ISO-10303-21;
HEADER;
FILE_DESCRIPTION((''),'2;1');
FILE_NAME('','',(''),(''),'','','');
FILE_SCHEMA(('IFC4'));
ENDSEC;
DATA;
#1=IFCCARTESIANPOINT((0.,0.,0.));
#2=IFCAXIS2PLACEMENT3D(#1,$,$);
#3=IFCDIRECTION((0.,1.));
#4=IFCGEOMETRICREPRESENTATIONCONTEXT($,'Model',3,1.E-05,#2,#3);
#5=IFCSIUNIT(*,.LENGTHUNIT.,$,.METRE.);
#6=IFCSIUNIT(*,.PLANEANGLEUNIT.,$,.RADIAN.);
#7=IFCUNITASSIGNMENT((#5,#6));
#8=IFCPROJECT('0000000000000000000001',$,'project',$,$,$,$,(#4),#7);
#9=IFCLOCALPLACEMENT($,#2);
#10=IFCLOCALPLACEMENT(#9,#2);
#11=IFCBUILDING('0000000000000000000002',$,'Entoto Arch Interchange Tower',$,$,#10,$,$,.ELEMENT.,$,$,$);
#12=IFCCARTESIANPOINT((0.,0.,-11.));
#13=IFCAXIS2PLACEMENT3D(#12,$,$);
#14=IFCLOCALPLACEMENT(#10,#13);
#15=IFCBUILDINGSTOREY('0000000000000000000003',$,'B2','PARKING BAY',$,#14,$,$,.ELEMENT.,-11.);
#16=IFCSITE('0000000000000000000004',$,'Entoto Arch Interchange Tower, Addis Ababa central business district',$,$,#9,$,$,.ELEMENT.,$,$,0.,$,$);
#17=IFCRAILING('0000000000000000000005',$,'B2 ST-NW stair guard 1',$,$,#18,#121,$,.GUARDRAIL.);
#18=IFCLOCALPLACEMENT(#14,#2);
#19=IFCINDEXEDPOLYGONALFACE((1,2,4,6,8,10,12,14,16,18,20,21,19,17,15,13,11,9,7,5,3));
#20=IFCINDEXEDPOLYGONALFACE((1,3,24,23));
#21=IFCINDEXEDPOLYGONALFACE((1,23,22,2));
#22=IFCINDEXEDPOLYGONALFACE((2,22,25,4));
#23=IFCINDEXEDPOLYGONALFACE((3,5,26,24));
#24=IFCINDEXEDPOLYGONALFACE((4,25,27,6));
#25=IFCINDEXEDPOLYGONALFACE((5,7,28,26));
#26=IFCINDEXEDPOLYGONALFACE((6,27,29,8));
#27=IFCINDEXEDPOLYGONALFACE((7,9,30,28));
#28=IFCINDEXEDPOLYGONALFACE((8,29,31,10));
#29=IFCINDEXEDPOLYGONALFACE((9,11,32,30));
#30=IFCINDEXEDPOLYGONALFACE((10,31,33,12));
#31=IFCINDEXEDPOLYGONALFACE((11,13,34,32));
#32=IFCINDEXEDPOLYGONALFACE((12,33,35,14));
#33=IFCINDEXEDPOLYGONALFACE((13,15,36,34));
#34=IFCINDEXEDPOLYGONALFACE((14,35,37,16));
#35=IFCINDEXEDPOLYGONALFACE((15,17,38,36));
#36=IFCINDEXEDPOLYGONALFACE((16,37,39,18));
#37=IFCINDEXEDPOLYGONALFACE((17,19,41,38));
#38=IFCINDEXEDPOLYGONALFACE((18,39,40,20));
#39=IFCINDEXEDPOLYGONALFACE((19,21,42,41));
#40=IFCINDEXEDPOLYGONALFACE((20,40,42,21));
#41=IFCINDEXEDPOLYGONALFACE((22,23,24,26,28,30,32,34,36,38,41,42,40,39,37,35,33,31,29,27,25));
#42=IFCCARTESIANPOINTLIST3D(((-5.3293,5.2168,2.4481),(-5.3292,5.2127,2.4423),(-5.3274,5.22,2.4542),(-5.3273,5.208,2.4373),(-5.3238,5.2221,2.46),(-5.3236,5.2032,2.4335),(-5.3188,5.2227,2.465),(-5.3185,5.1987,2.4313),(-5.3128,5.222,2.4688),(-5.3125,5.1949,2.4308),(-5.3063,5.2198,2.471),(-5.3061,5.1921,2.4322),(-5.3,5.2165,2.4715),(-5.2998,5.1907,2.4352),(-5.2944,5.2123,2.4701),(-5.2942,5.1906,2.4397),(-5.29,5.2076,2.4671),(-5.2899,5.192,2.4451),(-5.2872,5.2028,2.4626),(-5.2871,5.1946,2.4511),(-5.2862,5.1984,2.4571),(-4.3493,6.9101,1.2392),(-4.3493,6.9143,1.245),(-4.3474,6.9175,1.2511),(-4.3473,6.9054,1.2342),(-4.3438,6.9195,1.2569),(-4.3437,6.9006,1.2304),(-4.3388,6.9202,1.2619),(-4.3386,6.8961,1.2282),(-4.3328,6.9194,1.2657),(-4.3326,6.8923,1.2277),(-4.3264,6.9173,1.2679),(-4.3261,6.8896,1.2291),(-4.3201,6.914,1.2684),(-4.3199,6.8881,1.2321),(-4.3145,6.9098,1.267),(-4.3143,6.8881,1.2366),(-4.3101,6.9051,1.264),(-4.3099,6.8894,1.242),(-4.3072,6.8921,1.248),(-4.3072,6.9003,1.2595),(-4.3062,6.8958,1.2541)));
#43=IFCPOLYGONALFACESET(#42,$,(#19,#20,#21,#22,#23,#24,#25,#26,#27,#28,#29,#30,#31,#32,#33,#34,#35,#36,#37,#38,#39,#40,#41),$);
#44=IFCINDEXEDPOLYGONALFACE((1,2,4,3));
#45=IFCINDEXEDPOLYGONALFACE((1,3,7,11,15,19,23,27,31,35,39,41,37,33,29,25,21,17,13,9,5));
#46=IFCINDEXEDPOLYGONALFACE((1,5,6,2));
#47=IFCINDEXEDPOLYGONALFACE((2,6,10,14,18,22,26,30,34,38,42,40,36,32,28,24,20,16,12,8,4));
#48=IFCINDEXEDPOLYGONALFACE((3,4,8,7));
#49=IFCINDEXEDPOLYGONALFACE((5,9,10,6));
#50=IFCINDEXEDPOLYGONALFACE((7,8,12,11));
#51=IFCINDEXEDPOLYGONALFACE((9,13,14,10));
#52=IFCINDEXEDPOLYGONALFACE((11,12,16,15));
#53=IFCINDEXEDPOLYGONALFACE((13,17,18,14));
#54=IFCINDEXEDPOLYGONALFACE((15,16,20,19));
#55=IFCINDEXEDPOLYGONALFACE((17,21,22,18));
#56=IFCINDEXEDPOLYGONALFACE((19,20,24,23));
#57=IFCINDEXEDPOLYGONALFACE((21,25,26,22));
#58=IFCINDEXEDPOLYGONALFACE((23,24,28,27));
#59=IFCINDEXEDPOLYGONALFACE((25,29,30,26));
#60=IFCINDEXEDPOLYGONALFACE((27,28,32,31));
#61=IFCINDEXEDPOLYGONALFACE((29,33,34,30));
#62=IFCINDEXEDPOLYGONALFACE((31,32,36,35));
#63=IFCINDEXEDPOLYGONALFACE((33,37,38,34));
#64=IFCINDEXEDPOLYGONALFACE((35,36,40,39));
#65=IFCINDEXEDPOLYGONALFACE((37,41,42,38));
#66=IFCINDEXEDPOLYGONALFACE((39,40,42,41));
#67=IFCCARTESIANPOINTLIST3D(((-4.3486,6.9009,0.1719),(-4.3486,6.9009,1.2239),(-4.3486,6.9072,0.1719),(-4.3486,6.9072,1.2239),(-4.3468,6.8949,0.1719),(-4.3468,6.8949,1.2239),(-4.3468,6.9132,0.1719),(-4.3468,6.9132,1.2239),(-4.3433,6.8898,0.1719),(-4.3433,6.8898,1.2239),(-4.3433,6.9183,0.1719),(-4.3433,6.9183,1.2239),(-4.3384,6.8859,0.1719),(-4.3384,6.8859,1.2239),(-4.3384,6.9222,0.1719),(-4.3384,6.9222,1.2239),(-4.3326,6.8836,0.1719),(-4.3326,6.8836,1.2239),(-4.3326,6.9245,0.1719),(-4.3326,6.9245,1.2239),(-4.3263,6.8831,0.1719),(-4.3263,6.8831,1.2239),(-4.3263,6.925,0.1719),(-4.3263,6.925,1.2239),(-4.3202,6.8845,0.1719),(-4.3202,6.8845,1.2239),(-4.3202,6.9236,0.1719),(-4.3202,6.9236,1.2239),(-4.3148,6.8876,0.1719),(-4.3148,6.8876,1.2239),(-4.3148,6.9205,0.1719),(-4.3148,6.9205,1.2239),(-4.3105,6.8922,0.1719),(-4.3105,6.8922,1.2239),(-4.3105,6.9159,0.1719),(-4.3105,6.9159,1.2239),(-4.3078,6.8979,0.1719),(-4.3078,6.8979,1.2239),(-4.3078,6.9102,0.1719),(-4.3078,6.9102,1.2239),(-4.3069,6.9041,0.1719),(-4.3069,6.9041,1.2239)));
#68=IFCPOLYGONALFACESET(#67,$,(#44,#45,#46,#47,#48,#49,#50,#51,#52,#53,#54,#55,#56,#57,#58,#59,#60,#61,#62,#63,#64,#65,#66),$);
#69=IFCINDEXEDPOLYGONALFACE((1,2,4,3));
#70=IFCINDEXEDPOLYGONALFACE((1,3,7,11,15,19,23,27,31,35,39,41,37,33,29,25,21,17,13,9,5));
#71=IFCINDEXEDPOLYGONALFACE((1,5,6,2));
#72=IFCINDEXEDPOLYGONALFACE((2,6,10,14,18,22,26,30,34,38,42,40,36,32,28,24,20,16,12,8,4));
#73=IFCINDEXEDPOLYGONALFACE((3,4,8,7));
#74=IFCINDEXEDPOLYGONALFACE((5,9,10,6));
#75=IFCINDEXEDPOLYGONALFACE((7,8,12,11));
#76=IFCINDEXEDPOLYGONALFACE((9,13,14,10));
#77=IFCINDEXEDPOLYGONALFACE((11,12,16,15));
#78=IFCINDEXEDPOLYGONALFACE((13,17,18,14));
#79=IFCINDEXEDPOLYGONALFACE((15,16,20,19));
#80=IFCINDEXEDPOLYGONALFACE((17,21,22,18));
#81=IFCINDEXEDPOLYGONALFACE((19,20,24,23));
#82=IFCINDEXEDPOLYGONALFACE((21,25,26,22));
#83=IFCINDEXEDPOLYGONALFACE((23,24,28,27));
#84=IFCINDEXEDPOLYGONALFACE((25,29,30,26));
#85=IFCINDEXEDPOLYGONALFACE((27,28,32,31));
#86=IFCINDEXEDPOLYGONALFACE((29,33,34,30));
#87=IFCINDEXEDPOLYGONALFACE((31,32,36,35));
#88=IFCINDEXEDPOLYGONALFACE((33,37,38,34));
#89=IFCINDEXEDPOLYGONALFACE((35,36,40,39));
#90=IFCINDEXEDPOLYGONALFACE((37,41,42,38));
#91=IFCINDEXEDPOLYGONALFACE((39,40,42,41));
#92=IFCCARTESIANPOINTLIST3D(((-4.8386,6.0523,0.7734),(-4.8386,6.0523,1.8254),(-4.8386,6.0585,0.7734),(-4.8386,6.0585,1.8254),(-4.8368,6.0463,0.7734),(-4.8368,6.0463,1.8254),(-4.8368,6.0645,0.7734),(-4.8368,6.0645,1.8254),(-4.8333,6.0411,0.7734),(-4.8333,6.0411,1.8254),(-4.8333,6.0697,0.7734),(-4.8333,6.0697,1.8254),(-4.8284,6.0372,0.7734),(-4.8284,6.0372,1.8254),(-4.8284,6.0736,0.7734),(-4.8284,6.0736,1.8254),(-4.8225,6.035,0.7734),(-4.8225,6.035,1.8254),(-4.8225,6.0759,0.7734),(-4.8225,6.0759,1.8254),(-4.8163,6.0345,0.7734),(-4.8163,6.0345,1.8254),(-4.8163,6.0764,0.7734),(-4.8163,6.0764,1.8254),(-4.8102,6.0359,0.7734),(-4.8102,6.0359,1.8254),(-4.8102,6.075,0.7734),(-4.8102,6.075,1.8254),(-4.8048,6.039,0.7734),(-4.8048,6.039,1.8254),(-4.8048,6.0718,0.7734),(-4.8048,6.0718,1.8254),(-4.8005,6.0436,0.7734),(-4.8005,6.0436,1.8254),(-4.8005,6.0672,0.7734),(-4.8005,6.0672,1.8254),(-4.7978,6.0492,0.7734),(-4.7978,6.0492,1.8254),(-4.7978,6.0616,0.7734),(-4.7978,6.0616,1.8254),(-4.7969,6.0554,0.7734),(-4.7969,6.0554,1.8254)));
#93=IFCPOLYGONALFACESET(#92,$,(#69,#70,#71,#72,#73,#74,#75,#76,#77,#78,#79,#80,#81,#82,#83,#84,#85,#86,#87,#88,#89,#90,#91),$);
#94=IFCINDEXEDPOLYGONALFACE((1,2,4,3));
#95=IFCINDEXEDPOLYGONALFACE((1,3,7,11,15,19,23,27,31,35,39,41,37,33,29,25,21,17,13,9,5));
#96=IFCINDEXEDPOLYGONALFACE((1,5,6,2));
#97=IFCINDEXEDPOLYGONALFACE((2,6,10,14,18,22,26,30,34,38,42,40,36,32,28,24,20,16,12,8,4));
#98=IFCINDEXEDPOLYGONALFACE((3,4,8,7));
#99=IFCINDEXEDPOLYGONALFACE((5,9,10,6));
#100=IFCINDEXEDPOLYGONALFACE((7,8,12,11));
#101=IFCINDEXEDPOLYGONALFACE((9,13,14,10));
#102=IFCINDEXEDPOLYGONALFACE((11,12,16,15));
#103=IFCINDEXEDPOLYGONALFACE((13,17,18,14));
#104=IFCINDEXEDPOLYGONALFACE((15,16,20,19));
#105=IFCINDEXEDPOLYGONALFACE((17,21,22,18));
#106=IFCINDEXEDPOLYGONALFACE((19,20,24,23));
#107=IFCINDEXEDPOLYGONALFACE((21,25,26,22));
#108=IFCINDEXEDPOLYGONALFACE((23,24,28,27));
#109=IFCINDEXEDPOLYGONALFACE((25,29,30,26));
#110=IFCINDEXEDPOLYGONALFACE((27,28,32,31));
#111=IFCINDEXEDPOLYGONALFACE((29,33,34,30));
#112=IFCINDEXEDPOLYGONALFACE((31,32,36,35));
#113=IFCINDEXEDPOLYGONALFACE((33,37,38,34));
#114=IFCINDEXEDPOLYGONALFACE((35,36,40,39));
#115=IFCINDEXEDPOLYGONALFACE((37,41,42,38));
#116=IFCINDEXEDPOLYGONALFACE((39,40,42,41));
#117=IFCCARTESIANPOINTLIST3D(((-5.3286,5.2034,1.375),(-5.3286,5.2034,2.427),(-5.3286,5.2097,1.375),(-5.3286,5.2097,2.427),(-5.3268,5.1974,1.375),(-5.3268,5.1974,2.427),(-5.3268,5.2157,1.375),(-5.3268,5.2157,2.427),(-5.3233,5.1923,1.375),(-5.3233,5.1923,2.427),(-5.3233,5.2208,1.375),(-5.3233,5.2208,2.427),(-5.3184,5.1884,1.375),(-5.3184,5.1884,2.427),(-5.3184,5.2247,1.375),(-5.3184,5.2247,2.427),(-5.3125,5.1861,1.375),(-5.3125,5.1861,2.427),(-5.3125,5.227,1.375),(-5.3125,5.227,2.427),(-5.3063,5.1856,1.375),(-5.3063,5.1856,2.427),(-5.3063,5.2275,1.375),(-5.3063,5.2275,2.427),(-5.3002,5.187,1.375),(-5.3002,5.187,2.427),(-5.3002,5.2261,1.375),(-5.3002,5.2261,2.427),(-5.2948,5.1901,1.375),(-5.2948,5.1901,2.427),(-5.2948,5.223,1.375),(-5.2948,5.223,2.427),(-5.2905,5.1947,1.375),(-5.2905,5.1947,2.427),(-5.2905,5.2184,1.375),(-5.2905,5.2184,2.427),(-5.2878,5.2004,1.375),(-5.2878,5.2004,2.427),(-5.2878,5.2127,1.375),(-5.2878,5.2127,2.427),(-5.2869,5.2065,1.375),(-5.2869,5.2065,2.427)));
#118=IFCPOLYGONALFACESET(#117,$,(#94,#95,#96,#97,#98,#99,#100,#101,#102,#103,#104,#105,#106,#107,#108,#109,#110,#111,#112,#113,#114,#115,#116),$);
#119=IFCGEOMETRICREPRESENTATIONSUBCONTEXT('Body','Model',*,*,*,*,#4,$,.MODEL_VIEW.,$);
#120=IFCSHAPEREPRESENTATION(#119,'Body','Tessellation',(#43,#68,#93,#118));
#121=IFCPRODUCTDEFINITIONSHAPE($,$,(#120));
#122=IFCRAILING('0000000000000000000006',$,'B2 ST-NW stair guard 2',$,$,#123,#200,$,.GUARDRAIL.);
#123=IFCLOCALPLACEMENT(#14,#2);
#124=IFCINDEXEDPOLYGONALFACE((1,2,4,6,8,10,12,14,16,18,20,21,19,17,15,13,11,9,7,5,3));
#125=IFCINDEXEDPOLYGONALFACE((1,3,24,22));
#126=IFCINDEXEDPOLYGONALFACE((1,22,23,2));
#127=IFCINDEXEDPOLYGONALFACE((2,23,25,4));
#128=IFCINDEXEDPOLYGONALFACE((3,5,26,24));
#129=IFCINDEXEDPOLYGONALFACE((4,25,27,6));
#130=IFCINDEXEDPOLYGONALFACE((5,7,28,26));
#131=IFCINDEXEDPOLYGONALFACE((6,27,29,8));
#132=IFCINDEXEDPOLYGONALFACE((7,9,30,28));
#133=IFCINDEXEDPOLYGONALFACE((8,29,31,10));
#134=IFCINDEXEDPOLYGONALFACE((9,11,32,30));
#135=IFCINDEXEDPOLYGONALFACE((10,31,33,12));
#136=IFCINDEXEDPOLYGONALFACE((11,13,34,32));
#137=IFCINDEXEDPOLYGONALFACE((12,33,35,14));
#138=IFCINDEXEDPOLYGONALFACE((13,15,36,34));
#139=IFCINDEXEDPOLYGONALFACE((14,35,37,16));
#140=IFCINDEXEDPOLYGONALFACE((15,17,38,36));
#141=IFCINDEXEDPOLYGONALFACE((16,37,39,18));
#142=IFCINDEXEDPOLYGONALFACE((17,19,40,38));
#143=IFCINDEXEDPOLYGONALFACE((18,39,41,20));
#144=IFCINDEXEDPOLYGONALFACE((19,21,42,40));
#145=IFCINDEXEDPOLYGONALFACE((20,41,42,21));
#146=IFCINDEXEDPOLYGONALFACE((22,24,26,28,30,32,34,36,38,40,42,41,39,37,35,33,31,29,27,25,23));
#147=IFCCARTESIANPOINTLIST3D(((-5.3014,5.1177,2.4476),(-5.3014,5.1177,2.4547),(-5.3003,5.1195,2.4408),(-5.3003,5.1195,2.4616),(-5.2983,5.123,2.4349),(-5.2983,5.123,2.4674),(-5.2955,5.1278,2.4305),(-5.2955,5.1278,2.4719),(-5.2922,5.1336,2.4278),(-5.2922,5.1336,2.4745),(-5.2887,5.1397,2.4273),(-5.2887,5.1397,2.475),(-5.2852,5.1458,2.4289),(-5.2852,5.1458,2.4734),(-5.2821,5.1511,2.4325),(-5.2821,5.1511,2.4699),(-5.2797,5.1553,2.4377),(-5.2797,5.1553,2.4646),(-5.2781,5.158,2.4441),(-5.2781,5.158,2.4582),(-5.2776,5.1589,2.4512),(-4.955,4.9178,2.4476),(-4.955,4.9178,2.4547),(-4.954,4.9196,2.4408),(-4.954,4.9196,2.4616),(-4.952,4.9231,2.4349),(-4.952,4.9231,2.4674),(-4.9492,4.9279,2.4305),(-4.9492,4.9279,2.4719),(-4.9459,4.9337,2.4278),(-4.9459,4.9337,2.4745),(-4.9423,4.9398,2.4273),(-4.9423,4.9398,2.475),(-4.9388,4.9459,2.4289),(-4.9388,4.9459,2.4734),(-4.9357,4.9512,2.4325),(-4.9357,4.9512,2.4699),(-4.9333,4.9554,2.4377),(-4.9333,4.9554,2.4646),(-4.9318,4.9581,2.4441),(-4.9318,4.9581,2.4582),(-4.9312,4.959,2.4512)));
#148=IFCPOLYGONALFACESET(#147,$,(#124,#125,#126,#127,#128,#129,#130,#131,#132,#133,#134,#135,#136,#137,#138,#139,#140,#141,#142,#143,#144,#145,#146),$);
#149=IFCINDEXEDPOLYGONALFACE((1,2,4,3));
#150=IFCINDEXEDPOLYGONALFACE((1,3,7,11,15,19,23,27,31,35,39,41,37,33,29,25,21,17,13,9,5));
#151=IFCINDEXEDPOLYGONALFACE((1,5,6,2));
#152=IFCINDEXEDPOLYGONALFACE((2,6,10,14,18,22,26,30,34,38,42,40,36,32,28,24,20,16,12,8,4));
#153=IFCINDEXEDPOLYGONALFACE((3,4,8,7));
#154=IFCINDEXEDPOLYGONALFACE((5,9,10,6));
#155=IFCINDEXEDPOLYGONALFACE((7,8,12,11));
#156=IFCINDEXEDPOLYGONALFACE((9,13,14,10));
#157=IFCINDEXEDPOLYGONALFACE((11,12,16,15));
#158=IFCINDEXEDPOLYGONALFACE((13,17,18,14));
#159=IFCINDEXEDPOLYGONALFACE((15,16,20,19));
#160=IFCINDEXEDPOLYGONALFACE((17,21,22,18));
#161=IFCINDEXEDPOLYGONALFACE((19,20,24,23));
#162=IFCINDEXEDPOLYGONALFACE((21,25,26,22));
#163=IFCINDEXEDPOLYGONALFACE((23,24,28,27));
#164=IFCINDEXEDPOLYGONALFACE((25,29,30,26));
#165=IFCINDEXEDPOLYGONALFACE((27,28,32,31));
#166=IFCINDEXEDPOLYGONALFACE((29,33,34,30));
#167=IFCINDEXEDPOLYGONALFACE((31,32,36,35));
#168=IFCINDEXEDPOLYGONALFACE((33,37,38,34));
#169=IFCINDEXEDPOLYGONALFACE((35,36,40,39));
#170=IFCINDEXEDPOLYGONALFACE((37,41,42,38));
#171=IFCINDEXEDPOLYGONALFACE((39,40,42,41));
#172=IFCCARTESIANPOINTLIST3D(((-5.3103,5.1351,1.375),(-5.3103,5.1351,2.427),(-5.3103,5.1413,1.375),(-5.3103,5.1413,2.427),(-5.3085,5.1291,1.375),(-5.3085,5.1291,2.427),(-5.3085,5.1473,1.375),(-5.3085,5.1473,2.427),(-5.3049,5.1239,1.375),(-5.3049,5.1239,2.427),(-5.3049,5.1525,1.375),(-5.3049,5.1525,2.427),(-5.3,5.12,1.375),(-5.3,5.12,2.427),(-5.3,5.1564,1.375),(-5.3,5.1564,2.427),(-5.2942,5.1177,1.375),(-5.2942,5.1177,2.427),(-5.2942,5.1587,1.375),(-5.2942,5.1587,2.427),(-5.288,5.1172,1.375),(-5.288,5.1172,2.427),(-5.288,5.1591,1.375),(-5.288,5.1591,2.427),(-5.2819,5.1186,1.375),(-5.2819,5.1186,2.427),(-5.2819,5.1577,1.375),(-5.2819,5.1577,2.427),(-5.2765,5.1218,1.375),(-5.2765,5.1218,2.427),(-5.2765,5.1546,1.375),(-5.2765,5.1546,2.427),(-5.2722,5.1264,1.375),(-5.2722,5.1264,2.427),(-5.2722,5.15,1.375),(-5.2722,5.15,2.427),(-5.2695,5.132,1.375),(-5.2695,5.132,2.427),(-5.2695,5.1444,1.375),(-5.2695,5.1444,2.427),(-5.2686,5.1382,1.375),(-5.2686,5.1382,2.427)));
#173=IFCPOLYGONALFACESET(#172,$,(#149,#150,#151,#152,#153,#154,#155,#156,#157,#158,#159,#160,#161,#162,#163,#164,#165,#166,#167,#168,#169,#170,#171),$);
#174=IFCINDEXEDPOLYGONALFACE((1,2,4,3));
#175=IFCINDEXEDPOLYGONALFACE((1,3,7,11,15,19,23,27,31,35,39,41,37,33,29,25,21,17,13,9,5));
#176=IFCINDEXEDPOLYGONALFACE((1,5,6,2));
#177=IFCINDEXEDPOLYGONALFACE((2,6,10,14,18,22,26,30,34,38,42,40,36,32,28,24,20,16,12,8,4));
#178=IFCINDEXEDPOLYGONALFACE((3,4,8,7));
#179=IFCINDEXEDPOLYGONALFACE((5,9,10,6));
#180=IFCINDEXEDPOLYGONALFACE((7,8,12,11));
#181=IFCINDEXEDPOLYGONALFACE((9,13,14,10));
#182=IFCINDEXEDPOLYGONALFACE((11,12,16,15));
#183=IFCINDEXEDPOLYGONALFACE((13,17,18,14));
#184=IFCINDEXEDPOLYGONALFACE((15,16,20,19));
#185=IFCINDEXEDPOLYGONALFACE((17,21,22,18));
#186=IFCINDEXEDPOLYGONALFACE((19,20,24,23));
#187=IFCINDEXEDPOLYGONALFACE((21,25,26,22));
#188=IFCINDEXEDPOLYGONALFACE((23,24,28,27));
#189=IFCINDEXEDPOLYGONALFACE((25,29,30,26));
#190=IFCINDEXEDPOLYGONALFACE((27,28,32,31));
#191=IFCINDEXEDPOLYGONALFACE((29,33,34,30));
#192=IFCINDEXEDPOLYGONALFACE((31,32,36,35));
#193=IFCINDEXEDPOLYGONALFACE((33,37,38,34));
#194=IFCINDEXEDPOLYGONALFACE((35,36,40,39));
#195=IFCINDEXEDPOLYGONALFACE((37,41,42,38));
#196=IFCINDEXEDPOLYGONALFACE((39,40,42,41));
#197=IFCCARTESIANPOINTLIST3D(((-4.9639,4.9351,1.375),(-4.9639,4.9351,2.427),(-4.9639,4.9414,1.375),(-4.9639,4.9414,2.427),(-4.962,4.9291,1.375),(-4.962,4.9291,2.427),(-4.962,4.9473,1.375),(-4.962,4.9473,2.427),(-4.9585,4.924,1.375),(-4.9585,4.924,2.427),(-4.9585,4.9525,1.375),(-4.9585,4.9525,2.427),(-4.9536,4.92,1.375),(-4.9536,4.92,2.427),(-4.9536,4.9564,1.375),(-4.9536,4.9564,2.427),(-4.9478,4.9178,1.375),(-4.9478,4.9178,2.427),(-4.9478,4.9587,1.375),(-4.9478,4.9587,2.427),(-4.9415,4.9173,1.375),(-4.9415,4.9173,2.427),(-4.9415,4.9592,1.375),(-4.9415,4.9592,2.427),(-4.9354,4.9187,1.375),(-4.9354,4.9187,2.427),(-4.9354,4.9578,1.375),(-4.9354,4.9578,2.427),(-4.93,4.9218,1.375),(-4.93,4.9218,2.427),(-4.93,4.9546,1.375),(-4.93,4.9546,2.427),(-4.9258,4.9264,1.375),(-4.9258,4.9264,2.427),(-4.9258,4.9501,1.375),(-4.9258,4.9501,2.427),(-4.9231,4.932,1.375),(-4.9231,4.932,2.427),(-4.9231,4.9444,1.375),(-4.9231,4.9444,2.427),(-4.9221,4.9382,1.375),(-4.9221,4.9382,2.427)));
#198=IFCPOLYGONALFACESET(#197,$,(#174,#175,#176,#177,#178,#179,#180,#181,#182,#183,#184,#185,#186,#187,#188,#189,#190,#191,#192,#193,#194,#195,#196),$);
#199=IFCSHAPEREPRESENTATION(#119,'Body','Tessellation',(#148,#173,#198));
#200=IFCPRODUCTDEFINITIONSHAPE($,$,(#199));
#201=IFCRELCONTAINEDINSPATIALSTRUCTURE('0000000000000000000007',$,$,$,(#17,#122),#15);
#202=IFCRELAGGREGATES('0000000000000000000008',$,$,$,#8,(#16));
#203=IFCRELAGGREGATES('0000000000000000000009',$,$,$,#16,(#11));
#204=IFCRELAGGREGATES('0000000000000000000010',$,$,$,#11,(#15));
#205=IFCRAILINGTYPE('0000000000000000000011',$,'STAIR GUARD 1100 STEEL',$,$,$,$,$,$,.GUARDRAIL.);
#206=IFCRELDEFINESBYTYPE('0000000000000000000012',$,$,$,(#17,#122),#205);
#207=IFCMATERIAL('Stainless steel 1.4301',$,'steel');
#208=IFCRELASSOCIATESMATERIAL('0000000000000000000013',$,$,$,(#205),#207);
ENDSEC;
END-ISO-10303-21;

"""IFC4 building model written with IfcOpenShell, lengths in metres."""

from ifc_helpers import new_model, si_unit, direction, frame, origin, origin_2d, place, context, subcontext, project, spatial, circle, extrude, material, type_object, element, save


model = new_model("IFC4")

# Units and contexts
model_context = context("Model", 3, precision=1e-05, world=origin(), true_north=direction((0.0, 1.0)))
body_context = subcontext(model_context, "Body", "Model", "MODEL_VIEW")
ifc_project = project(units=[si_unit("LENGTHUNIT", "METRE"), si_unit("PLANEANGLEUNIT", "RADIAN")], contexts=[model_context])

# Site, building, storey
site_placement = place(None, origin())
site = spatial("IfcSite", under=ifc_project, at=site_placement, Name="Entoto Arch Interchange Tower, Addis Ababa central business district", CompositionType="ELEMENT", RefElevation=0.0)
building_placement = place(site_placement, origin())
building = spatial("IfcBuilding", under=site, at=building_placement, Name="Entoto Arch Interchange Tower", CompositionType="ELEMENT")
storey_placement = place(building_placement, frame((0.0, 0.0, -11.0)))
storey = spatial("IfcBuildingStorey", under=building, at=storey_placement, Name="B2", Description="PARKING BAY", CompositionType="ELEMENT", Elevation=-11.0)

# Railings
ifc_material_1 = material(Name="Stainless steel 1.4301", Category="steel")
railing_type_1 = type_object("IfcRailingType", Name="STAIR GUARD 1100 STEEL", PredefinedType="GUARDRAIL", material=ifc_material_1)
railing_1_placement = place(storey_placement, frame((-4.3279, 6.9041, 0.1719)))
element("IfcRailing", 1, at=railing_1_placement, inside=storey, type_object=railing_type_1, Name="B2 ST-NW stair guard 1", PredefinedType="GUARDRAIL", context=body_context, shape_type="SweptSolid", body=[
    extrude(circle(Radius=0.0239, at=origin_2d()), frame((0.0, 0.0, 1.0762), z_axis=(-0.426102, -0.738089, 0.523127), x_axis=(0.866042, -0.49997, 0.0)), (0.0, 0.0, 1.0), 2.2998),
    extrude(circle(Radius=0.021, at=origin_2d()), origin(), (0.0, 0.0, 1.0), 1.052),
    extrude(circle(Radius=0.021, at=origin_2d()), frame((-0.49, -0.8486, 0.6016)), (0.0, 0.0, 1.0), 1.052),
    extrude(circle(Radius=0.021, at=origin_2d()), frame((-0.98, -1.6975, 1.2031)), (0.0, 0.0, 1.0), 1.052),
])
railing_2_placement = place(storey_placement, frame((-5.2896, 5.1382, 1.375)))
element("IfcRailing", 2, at=railing_2_placement, inside=storey, type_object=railing_type_1, Name="B2 ST-NW stair guard 2", PredefinedType="GUARDRAIL", context=body_context, shape_type="SweptSolid", body=[
    extrude(circle(Radius=0.0239, at=origin_2d()), frame((0.0, 0.0, 1.0762), z_axis=(0.866094, -0.499881, 0.0), x_axis=(0.499881, 0.866094, 0.0)), (0.0, 0.0, 1.0), 0.3999),
    extrude(circle(Radius=0.021, at=origin_2d()), origin(), (0.0, 0.0, 1.0), 1.052),
    extrude(circle(Radius=0.021, at=origin_2d()), frame((0.3464, -0.2, 0.0)), (0.0, 0.0, 1.0), 1.052),
])

save(model, "model.ifc")
